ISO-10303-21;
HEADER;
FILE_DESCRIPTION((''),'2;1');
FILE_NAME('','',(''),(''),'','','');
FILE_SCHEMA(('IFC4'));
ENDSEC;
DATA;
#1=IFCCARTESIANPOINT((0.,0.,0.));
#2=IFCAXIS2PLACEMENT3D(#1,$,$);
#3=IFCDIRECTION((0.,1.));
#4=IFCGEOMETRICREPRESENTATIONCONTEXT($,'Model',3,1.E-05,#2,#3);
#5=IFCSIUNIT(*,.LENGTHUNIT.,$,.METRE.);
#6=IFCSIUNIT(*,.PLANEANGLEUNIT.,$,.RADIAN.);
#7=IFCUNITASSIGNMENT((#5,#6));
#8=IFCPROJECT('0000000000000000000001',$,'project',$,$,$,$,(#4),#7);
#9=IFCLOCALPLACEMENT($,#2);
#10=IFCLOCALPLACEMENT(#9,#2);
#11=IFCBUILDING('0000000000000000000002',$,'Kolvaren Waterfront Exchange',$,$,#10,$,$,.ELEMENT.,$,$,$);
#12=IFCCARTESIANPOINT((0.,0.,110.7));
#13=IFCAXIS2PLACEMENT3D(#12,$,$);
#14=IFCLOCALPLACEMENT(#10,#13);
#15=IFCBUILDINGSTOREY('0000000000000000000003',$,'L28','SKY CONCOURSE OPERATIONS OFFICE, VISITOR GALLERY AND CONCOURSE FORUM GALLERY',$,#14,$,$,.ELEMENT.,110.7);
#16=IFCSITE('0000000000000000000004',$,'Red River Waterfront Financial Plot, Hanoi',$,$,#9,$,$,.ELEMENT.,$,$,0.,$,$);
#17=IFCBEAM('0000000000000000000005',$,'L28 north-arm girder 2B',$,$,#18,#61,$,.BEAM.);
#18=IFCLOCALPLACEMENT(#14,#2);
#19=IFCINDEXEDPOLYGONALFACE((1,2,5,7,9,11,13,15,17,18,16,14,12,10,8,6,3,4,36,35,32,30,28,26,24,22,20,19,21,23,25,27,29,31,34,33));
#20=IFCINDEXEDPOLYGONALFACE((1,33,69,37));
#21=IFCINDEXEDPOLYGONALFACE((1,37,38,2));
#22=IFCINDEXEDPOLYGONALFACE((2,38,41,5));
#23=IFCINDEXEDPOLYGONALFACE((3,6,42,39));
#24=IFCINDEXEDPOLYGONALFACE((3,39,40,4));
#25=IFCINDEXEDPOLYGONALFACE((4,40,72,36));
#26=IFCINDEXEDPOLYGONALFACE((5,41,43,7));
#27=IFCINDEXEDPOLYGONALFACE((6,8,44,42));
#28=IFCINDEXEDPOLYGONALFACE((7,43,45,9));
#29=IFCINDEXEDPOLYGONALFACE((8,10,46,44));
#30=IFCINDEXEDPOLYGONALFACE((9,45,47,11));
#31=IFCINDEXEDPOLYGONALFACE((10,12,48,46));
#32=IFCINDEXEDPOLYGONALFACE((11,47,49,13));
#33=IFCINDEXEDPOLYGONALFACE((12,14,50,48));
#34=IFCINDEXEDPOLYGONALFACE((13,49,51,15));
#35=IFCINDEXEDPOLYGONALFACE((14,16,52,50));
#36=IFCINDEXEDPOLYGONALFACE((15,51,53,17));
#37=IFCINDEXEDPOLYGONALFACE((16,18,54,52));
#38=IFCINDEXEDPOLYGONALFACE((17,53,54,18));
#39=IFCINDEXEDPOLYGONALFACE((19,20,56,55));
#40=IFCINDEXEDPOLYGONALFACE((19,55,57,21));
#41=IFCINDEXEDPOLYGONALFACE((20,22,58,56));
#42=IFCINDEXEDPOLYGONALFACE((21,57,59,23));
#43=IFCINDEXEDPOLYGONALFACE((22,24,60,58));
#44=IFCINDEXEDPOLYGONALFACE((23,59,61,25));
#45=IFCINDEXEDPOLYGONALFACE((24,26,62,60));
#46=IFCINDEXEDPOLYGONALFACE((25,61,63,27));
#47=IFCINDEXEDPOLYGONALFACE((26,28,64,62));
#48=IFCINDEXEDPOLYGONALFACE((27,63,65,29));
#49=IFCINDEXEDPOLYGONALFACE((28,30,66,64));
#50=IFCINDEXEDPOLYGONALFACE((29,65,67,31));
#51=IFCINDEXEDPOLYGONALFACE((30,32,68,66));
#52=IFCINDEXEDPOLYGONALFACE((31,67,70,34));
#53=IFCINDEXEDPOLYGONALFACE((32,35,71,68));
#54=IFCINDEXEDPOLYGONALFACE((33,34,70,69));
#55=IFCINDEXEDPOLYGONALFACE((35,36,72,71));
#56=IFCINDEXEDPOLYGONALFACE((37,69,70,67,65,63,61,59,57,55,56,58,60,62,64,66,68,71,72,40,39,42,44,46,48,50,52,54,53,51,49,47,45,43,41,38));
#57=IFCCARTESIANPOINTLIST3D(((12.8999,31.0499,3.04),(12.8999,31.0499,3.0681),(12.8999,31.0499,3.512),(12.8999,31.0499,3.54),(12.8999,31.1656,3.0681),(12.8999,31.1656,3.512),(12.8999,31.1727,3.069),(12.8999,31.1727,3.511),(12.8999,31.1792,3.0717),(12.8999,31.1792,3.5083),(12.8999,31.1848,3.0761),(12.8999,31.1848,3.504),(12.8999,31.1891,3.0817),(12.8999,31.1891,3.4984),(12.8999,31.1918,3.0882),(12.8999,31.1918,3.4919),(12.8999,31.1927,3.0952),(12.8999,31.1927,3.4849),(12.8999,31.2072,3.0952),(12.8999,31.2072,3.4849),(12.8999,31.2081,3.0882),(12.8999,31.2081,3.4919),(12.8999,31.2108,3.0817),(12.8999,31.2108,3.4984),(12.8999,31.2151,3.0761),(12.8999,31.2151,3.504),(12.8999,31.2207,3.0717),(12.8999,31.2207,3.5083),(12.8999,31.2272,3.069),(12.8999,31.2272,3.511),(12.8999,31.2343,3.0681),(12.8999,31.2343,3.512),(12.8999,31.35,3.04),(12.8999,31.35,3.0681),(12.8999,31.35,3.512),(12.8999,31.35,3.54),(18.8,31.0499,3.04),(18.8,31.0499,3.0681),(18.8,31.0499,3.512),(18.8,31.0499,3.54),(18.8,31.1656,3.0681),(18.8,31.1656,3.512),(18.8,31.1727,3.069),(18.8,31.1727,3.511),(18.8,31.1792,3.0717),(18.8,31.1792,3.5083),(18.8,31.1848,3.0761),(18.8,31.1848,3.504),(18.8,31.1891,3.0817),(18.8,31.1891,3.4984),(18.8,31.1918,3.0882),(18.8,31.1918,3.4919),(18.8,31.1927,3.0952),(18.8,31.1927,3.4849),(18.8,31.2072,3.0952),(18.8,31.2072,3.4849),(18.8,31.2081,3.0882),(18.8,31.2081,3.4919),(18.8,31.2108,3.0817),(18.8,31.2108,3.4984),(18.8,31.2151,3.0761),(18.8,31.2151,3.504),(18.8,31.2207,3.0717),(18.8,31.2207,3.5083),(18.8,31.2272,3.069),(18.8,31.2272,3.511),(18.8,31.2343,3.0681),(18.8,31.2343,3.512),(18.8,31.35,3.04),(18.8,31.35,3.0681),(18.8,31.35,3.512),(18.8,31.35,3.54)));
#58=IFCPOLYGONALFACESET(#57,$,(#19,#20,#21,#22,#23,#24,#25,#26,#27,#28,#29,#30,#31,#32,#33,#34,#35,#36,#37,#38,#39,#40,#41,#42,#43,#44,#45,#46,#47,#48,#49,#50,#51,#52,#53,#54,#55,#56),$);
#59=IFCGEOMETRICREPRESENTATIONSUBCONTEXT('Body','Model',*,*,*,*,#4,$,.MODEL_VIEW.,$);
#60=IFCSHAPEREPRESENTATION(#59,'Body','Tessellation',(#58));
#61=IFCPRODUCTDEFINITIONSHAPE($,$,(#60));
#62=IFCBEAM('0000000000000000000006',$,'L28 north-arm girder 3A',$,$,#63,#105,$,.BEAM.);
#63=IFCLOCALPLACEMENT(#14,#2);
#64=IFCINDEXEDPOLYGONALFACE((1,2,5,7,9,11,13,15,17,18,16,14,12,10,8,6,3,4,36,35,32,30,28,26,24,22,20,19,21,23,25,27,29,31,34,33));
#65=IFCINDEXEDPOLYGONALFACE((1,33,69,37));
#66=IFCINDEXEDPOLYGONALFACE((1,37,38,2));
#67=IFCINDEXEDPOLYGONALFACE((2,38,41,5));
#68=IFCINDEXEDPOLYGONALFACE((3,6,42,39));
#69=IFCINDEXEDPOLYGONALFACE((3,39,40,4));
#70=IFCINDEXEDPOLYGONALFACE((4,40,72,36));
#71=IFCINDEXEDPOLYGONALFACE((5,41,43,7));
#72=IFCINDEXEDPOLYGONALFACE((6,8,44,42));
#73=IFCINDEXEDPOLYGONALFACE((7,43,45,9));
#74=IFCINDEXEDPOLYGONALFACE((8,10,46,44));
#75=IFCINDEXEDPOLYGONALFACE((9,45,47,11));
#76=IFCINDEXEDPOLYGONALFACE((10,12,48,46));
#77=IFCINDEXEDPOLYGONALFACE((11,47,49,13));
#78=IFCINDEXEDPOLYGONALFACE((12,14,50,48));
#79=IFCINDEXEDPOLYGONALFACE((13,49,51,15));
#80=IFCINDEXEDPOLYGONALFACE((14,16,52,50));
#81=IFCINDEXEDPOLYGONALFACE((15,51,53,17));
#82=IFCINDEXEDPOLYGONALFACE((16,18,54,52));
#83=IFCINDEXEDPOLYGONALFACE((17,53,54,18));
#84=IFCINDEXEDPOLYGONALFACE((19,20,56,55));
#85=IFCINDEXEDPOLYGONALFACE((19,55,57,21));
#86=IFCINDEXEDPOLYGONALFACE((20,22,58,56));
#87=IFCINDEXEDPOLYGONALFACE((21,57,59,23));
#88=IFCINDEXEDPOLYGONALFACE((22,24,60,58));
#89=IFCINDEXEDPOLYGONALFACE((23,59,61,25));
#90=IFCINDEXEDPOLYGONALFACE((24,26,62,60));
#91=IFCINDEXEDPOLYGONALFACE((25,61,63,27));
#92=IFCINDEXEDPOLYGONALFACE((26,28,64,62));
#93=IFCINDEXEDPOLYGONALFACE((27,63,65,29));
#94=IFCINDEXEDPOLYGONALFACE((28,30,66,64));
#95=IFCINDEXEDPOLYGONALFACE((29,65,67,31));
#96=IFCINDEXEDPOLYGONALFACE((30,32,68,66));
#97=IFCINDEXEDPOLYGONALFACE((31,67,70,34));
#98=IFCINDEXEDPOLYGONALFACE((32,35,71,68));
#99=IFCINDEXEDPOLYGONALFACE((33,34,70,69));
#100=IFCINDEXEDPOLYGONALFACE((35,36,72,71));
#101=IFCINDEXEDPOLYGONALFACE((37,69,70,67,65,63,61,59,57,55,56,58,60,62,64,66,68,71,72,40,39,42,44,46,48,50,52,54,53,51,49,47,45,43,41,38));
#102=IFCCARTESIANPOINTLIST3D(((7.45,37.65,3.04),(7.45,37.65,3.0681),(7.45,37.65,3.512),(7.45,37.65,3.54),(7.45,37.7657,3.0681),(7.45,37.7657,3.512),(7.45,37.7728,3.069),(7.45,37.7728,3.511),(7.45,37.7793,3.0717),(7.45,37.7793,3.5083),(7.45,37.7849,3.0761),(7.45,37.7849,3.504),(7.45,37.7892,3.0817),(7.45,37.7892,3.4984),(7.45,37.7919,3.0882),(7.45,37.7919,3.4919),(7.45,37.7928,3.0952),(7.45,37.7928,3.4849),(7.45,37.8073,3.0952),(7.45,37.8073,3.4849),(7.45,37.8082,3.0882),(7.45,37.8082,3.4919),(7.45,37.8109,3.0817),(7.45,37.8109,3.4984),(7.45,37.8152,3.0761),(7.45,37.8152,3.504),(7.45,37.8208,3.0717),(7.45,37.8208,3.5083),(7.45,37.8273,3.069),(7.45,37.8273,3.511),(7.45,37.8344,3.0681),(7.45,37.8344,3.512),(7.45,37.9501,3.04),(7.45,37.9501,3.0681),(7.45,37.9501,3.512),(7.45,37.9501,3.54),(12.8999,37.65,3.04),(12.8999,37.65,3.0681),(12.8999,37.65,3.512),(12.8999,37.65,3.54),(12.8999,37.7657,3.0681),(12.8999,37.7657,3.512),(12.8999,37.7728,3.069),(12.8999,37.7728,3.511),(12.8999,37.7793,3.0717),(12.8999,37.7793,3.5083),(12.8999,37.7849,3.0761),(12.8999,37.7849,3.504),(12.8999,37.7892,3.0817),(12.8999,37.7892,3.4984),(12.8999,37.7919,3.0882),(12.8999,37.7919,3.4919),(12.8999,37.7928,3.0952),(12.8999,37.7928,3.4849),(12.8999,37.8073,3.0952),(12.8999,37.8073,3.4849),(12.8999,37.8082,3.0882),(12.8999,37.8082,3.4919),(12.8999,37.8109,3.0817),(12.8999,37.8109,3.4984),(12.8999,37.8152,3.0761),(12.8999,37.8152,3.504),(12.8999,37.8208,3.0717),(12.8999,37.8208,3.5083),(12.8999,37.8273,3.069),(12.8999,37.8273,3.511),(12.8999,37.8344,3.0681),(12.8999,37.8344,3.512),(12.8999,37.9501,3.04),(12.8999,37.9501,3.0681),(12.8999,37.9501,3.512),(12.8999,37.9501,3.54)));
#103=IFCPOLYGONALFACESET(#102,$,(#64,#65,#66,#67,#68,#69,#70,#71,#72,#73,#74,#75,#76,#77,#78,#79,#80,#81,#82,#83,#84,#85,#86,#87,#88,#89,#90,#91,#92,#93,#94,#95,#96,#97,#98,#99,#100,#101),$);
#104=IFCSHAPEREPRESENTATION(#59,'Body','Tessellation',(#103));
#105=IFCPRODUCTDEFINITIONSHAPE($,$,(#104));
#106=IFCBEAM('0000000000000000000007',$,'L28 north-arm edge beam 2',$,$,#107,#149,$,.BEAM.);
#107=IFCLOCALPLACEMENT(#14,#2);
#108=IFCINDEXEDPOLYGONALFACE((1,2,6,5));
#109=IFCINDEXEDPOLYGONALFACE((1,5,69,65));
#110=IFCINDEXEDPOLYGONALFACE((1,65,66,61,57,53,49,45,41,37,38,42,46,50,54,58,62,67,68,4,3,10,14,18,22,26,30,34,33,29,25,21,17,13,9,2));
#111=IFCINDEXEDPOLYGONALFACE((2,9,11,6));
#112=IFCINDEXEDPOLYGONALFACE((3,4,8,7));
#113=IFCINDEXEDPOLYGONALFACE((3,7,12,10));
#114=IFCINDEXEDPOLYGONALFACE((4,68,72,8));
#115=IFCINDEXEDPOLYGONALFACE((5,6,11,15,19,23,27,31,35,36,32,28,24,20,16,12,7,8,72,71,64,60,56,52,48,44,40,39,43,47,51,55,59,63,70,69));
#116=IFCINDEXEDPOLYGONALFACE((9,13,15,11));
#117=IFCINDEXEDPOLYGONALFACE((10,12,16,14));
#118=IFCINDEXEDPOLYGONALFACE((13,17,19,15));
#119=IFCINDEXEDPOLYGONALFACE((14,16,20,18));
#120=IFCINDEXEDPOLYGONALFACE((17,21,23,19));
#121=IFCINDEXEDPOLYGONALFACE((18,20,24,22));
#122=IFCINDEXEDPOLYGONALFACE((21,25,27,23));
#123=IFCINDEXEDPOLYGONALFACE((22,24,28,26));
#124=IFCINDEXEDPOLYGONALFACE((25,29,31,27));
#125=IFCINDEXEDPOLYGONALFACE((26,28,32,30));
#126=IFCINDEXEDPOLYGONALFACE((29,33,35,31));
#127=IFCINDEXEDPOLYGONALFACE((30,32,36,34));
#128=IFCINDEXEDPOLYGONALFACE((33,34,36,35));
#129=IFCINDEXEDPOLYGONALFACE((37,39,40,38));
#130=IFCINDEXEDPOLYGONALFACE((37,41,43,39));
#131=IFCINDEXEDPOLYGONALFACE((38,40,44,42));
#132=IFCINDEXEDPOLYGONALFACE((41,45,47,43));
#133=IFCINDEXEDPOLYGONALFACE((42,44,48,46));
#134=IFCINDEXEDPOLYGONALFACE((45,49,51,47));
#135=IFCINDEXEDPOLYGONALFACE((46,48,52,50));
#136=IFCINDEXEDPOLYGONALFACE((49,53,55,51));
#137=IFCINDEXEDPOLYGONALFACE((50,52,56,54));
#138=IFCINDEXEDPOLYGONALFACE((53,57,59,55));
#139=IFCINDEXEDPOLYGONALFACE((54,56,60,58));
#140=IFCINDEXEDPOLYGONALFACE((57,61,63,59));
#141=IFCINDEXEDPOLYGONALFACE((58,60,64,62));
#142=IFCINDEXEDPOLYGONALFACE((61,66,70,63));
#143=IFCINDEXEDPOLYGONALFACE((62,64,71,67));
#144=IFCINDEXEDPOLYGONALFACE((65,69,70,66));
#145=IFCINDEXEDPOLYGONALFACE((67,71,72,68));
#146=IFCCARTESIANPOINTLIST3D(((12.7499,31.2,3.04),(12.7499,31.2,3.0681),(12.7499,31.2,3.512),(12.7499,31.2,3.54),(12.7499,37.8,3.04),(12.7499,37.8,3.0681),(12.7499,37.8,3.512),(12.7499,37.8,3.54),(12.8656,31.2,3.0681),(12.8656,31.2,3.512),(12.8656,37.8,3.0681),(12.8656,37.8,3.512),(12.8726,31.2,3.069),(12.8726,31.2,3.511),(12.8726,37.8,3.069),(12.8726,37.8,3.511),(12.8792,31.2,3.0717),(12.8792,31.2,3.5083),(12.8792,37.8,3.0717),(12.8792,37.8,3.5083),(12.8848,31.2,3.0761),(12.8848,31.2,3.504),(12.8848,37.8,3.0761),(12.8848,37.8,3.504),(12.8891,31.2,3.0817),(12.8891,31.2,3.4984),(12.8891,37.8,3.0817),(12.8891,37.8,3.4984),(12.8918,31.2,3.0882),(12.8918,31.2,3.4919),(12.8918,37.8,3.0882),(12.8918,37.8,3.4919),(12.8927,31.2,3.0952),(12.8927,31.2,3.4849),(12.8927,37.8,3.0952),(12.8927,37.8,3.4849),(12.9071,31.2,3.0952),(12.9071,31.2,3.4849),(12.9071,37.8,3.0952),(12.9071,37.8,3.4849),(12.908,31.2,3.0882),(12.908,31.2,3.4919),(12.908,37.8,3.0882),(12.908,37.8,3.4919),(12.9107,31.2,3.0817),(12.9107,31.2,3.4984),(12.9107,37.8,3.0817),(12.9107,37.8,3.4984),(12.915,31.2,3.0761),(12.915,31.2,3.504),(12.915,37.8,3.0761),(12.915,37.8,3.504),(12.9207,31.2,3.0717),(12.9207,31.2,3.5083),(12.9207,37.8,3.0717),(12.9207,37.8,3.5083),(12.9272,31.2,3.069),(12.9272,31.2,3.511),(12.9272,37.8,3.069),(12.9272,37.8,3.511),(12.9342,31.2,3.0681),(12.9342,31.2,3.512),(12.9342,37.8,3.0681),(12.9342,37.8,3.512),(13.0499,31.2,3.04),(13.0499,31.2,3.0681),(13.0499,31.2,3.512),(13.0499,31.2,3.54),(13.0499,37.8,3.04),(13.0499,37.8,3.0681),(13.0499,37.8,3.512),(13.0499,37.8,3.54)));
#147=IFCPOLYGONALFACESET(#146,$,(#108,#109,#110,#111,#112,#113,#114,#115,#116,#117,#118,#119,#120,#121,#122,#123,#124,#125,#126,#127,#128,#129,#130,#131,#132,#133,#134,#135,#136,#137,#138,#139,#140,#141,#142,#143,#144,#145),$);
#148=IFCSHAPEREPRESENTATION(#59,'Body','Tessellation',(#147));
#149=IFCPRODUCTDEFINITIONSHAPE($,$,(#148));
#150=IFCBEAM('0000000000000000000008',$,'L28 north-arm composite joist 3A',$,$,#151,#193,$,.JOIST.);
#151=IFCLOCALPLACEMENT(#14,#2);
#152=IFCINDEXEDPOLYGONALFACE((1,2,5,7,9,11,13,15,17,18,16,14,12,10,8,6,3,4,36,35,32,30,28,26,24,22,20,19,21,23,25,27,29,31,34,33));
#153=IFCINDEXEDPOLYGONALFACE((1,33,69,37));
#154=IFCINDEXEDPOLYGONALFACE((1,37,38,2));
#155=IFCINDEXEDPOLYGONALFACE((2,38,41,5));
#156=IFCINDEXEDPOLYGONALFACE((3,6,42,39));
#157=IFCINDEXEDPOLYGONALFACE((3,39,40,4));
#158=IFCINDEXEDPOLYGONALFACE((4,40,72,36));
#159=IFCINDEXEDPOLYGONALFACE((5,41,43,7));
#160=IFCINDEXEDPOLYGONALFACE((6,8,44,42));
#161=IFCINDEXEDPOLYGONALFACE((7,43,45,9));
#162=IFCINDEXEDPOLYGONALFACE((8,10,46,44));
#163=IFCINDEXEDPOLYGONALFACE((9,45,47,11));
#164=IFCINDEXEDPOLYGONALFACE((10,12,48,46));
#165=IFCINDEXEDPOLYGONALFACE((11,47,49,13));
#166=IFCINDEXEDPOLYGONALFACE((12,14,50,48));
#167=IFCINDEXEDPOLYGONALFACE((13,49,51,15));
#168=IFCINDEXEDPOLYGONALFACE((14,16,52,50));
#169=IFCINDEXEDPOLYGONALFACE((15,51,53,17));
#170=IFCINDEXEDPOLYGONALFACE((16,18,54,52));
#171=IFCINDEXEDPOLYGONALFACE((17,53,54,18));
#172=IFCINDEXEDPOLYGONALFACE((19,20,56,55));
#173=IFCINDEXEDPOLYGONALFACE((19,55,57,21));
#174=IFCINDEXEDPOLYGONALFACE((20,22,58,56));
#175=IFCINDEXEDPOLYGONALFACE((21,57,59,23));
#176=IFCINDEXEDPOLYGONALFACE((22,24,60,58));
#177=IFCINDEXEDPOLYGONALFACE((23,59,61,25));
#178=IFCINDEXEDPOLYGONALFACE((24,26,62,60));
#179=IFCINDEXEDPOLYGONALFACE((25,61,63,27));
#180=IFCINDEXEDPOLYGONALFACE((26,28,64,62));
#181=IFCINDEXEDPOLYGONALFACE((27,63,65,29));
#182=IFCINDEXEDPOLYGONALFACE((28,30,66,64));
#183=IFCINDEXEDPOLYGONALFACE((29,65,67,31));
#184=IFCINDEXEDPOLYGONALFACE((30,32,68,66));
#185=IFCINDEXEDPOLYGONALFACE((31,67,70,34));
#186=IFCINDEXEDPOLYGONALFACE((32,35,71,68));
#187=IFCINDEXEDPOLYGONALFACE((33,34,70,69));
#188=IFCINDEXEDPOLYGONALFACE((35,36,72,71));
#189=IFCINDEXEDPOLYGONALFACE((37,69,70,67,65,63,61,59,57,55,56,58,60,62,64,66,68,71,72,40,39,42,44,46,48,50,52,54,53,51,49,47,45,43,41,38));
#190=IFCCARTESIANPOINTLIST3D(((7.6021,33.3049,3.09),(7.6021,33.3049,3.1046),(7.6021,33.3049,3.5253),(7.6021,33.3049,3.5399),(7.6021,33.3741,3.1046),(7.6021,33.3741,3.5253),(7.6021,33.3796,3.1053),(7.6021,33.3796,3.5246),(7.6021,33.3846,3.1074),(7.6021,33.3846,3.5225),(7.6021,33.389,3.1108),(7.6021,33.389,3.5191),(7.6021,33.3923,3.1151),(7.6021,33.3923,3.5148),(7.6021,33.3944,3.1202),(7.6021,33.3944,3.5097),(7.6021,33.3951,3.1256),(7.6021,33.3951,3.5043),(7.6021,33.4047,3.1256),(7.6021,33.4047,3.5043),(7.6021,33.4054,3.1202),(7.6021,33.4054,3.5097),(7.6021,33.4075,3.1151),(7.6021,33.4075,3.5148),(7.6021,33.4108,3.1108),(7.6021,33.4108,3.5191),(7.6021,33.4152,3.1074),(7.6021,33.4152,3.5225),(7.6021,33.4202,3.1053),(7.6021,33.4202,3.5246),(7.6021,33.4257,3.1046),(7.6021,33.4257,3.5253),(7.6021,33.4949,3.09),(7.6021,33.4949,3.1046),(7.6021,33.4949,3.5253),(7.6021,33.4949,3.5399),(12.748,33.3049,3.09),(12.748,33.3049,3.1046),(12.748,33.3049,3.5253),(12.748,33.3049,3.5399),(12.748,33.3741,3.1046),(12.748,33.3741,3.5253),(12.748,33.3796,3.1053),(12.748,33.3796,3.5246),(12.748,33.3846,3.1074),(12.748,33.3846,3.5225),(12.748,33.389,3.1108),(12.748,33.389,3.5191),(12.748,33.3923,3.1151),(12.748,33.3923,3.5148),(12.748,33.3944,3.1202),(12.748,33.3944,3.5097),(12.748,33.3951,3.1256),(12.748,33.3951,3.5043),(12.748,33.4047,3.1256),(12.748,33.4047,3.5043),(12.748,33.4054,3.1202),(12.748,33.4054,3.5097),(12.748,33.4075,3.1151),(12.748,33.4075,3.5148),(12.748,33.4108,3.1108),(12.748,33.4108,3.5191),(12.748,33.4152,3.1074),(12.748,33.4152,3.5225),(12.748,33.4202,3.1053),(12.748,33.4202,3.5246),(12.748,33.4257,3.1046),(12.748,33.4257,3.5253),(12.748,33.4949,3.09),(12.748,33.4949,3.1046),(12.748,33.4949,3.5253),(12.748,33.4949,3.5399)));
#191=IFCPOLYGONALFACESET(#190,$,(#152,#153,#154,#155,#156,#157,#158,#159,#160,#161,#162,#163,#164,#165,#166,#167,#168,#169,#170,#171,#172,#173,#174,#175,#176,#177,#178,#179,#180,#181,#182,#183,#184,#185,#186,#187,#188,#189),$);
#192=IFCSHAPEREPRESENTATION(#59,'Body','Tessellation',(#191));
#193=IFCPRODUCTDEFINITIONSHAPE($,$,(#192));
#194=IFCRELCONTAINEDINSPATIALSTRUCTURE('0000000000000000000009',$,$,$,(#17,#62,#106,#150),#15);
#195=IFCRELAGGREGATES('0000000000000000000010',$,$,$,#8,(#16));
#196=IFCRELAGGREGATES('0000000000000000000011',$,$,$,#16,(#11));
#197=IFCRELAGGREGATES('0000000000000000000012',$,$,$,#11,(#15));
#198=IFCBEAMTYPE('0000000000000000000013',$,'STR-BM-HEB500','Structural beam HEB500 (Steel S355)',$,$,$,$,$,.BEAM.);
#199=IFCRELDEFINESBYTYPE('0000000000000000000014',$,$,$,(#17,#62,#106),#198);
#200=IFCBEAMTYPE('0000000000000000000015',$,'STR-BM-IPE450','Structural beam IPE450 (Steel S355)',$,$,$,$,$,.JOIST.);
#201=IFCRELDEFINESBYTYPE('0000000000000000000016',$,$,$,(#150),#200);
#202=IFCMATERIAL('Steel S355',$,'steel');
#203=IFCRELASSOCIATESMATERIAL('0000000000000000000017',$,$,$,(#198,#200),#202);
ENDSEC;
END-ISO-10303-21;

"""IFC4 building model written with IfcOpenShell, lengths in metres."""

from ifc_helpers import new_model, si_unit, direction, frame, origin, origin_2d, place, context, subcontext, project, spatial, i_section, extrude, material, material_profile, profile_set, type_object, element, save


model = new_model("IFC4")

# Units and contexts
model_context = context("Model", 3, precision=1e-05, world=origin(), true_north=direction((0.0, 1.0)))
body_context = subcontext(model_context, "Body", "Model", "MODEL_VIEW")
ifc_project = project(units=[si_unit("LENGTHUNIT", "METRE"), si_unit("PLANEANGLEUNIT", "RADIAN")], contexts=[model_context])

# Site, building, storey
site_placement = place(None, origin())
site = spatial("IfcSite", under=ifc_project, at=site_placement, Name="Red River Waterfront Financial Plot, Hanoi", CompositionType="ELEMENT", RefElevation=0.0)
building_placement = place(site_placement, origin())
building = spatial("IfcBuilding", under=site, at=building_placement, Name="Kolvaren Waterfront Exchange", CompositionType="ELEMENT")
storey_placement = place(building_placement, frame((0.0, 0.0, 110.7)))
storey = spatial("IfcBuildingStorey", under=building, at=storey_placement, Name="L28", Description="SKY CONCOURSE OPERATIONS OFFICE, VISITOR GALLERY AND CONCOURSE FORUM GALLERY", CompositionType="ELEMENT", Elevation=110.7)

# Beams
ifc_material_1 = material(Name="Steel S355", Category="steel")
ifc_material_profile_1 = material_profile(ifc_material_1, i_section(OverallWidth=0.3, OverallDepth=0.5, WebThickness=0.0144, FlangeThickness=0.0281, FilletRadius=0.0271, at=origin_2d()), Name="HEB500")
ifc_profile_set_1 = profile_set([ifc_material_profile_1], Name="Steel S355")
beam_type_1 = type_object("IfcBeamType", Name="STR-BM-HEB500", Description="Structural beam HEB500 (Steel S355)", PredefinedType="BEAM", material=ifc_profile_set_1)
beam_1_placement = place(storey_placement, frame((12.8999, 31.2, 3.29), z_axis=(1.0, 0.0, 0.0), x_axis=(0.0, 1.0, 0.0)))
element("IfcBeam", 1, at=beam_1_placement, inside=storey, type_object=beam_type_1, Name="L28 north-arm girder 2B", PredefinedType="BEAM", context=body_context, shape_type="SweptSolid", body=[
    extrude(i_section(OverallWidth=0.3, OverallDepth=0.5, WebThickness=0.0144, FlangeThickness=0.0281, FilletRadius=0.0271, at=origin_2d()), origin(), (0.0, 0.0, 1.0), 5.9001),
])
beam_2_placement = place(storey_placement, frame((7.45, 37.8, 3.29), z_axis=(1.0, 0.0, 0.0), x_axis=(0.0, 1.0, 0.0)))
element("IfcBeam", 2, at=beam_2_placement, inside=storey, type_object=beam_type_1, Name="L28 north-arm girder 3A", PredefinedType="BEAM", context=body_context, shape_type="SweptSolid", body=[
    extrude(i_section(OverallWidth=0.3, OverallDepth=0.5, WebThickness=0.0144, FlangeThickness=0.0281, FilletRadius=0.0271, at=origin_2d()), origin(), (0.0, 0.0, 1.0), 5.45),
])
beam_3_placement = place(storey_placement, frame((12.8999, 31.2, 3.29), z_axis=(0.0, 1.0, 0.0), x_axis=(-1.0, 0.0, 0.0)))
element("IfcBeam", 3, at=beam_3_placement, inside=storey, type_object=beam_type_1, Name="L28 north-arm edge beam 2", PredefinedType="BEAM", context=body_context, shape_type="SweptSolid", body=[
    extrude(i_section(OverallWidth=0.3, OverallDepth=0.5, WebThickness=0.0144, FlangeThickness=0.0281, FilletRadius=0.0271, at=origin_2d()), origin(), (0.0, 0.0, 1.0), 6.6001),
])
ifc_material_profile_2 = material_profile(ifc_material_1, i_section(OverallWidth=0.1899, OverallDepth=0.45, WebThickness=0.0095, FlangeThickness=0.0146, FilletRadius=0.021, at=origin_2d()), Name="IPE450")
ifc_profile_set_2 = profile_set([ifc_material_profile_2], Name="Steel S355")
beam_type_2 = type_object("IfcBeamType", Name="STR-BM-IPE450", Description="Structural beam IPE450 (Steel S355)", PredefinedType="JOIST", material=ifc_profile_set_2)
beam_4_placement = place(storey_placement, frame((7.6021, 33.3999, 3.3149), z_axis=(1.0, 0.0, 0.0), x_axis=(0.0, 1.0, 0.0)))
element("IfcBeam", 4, at=beam_4_placement, inside=storey, type_object=beam_type_2, Name="L28 north-arm composite joist 3A", PredefinedType="JOIST", context=body_context, shape_type="SweptSolid", body=[
    extrude(i_section(OverallWidth=0.1899, OverallDepth=0.45, WebThickness=0.0095, FlangeThickness=0.0146, FilletRadius=0.021, at=origin_2d()), origin(), (0.0, 0.0, 1.0), 5.146),
])

save(model, "model.ifc")
